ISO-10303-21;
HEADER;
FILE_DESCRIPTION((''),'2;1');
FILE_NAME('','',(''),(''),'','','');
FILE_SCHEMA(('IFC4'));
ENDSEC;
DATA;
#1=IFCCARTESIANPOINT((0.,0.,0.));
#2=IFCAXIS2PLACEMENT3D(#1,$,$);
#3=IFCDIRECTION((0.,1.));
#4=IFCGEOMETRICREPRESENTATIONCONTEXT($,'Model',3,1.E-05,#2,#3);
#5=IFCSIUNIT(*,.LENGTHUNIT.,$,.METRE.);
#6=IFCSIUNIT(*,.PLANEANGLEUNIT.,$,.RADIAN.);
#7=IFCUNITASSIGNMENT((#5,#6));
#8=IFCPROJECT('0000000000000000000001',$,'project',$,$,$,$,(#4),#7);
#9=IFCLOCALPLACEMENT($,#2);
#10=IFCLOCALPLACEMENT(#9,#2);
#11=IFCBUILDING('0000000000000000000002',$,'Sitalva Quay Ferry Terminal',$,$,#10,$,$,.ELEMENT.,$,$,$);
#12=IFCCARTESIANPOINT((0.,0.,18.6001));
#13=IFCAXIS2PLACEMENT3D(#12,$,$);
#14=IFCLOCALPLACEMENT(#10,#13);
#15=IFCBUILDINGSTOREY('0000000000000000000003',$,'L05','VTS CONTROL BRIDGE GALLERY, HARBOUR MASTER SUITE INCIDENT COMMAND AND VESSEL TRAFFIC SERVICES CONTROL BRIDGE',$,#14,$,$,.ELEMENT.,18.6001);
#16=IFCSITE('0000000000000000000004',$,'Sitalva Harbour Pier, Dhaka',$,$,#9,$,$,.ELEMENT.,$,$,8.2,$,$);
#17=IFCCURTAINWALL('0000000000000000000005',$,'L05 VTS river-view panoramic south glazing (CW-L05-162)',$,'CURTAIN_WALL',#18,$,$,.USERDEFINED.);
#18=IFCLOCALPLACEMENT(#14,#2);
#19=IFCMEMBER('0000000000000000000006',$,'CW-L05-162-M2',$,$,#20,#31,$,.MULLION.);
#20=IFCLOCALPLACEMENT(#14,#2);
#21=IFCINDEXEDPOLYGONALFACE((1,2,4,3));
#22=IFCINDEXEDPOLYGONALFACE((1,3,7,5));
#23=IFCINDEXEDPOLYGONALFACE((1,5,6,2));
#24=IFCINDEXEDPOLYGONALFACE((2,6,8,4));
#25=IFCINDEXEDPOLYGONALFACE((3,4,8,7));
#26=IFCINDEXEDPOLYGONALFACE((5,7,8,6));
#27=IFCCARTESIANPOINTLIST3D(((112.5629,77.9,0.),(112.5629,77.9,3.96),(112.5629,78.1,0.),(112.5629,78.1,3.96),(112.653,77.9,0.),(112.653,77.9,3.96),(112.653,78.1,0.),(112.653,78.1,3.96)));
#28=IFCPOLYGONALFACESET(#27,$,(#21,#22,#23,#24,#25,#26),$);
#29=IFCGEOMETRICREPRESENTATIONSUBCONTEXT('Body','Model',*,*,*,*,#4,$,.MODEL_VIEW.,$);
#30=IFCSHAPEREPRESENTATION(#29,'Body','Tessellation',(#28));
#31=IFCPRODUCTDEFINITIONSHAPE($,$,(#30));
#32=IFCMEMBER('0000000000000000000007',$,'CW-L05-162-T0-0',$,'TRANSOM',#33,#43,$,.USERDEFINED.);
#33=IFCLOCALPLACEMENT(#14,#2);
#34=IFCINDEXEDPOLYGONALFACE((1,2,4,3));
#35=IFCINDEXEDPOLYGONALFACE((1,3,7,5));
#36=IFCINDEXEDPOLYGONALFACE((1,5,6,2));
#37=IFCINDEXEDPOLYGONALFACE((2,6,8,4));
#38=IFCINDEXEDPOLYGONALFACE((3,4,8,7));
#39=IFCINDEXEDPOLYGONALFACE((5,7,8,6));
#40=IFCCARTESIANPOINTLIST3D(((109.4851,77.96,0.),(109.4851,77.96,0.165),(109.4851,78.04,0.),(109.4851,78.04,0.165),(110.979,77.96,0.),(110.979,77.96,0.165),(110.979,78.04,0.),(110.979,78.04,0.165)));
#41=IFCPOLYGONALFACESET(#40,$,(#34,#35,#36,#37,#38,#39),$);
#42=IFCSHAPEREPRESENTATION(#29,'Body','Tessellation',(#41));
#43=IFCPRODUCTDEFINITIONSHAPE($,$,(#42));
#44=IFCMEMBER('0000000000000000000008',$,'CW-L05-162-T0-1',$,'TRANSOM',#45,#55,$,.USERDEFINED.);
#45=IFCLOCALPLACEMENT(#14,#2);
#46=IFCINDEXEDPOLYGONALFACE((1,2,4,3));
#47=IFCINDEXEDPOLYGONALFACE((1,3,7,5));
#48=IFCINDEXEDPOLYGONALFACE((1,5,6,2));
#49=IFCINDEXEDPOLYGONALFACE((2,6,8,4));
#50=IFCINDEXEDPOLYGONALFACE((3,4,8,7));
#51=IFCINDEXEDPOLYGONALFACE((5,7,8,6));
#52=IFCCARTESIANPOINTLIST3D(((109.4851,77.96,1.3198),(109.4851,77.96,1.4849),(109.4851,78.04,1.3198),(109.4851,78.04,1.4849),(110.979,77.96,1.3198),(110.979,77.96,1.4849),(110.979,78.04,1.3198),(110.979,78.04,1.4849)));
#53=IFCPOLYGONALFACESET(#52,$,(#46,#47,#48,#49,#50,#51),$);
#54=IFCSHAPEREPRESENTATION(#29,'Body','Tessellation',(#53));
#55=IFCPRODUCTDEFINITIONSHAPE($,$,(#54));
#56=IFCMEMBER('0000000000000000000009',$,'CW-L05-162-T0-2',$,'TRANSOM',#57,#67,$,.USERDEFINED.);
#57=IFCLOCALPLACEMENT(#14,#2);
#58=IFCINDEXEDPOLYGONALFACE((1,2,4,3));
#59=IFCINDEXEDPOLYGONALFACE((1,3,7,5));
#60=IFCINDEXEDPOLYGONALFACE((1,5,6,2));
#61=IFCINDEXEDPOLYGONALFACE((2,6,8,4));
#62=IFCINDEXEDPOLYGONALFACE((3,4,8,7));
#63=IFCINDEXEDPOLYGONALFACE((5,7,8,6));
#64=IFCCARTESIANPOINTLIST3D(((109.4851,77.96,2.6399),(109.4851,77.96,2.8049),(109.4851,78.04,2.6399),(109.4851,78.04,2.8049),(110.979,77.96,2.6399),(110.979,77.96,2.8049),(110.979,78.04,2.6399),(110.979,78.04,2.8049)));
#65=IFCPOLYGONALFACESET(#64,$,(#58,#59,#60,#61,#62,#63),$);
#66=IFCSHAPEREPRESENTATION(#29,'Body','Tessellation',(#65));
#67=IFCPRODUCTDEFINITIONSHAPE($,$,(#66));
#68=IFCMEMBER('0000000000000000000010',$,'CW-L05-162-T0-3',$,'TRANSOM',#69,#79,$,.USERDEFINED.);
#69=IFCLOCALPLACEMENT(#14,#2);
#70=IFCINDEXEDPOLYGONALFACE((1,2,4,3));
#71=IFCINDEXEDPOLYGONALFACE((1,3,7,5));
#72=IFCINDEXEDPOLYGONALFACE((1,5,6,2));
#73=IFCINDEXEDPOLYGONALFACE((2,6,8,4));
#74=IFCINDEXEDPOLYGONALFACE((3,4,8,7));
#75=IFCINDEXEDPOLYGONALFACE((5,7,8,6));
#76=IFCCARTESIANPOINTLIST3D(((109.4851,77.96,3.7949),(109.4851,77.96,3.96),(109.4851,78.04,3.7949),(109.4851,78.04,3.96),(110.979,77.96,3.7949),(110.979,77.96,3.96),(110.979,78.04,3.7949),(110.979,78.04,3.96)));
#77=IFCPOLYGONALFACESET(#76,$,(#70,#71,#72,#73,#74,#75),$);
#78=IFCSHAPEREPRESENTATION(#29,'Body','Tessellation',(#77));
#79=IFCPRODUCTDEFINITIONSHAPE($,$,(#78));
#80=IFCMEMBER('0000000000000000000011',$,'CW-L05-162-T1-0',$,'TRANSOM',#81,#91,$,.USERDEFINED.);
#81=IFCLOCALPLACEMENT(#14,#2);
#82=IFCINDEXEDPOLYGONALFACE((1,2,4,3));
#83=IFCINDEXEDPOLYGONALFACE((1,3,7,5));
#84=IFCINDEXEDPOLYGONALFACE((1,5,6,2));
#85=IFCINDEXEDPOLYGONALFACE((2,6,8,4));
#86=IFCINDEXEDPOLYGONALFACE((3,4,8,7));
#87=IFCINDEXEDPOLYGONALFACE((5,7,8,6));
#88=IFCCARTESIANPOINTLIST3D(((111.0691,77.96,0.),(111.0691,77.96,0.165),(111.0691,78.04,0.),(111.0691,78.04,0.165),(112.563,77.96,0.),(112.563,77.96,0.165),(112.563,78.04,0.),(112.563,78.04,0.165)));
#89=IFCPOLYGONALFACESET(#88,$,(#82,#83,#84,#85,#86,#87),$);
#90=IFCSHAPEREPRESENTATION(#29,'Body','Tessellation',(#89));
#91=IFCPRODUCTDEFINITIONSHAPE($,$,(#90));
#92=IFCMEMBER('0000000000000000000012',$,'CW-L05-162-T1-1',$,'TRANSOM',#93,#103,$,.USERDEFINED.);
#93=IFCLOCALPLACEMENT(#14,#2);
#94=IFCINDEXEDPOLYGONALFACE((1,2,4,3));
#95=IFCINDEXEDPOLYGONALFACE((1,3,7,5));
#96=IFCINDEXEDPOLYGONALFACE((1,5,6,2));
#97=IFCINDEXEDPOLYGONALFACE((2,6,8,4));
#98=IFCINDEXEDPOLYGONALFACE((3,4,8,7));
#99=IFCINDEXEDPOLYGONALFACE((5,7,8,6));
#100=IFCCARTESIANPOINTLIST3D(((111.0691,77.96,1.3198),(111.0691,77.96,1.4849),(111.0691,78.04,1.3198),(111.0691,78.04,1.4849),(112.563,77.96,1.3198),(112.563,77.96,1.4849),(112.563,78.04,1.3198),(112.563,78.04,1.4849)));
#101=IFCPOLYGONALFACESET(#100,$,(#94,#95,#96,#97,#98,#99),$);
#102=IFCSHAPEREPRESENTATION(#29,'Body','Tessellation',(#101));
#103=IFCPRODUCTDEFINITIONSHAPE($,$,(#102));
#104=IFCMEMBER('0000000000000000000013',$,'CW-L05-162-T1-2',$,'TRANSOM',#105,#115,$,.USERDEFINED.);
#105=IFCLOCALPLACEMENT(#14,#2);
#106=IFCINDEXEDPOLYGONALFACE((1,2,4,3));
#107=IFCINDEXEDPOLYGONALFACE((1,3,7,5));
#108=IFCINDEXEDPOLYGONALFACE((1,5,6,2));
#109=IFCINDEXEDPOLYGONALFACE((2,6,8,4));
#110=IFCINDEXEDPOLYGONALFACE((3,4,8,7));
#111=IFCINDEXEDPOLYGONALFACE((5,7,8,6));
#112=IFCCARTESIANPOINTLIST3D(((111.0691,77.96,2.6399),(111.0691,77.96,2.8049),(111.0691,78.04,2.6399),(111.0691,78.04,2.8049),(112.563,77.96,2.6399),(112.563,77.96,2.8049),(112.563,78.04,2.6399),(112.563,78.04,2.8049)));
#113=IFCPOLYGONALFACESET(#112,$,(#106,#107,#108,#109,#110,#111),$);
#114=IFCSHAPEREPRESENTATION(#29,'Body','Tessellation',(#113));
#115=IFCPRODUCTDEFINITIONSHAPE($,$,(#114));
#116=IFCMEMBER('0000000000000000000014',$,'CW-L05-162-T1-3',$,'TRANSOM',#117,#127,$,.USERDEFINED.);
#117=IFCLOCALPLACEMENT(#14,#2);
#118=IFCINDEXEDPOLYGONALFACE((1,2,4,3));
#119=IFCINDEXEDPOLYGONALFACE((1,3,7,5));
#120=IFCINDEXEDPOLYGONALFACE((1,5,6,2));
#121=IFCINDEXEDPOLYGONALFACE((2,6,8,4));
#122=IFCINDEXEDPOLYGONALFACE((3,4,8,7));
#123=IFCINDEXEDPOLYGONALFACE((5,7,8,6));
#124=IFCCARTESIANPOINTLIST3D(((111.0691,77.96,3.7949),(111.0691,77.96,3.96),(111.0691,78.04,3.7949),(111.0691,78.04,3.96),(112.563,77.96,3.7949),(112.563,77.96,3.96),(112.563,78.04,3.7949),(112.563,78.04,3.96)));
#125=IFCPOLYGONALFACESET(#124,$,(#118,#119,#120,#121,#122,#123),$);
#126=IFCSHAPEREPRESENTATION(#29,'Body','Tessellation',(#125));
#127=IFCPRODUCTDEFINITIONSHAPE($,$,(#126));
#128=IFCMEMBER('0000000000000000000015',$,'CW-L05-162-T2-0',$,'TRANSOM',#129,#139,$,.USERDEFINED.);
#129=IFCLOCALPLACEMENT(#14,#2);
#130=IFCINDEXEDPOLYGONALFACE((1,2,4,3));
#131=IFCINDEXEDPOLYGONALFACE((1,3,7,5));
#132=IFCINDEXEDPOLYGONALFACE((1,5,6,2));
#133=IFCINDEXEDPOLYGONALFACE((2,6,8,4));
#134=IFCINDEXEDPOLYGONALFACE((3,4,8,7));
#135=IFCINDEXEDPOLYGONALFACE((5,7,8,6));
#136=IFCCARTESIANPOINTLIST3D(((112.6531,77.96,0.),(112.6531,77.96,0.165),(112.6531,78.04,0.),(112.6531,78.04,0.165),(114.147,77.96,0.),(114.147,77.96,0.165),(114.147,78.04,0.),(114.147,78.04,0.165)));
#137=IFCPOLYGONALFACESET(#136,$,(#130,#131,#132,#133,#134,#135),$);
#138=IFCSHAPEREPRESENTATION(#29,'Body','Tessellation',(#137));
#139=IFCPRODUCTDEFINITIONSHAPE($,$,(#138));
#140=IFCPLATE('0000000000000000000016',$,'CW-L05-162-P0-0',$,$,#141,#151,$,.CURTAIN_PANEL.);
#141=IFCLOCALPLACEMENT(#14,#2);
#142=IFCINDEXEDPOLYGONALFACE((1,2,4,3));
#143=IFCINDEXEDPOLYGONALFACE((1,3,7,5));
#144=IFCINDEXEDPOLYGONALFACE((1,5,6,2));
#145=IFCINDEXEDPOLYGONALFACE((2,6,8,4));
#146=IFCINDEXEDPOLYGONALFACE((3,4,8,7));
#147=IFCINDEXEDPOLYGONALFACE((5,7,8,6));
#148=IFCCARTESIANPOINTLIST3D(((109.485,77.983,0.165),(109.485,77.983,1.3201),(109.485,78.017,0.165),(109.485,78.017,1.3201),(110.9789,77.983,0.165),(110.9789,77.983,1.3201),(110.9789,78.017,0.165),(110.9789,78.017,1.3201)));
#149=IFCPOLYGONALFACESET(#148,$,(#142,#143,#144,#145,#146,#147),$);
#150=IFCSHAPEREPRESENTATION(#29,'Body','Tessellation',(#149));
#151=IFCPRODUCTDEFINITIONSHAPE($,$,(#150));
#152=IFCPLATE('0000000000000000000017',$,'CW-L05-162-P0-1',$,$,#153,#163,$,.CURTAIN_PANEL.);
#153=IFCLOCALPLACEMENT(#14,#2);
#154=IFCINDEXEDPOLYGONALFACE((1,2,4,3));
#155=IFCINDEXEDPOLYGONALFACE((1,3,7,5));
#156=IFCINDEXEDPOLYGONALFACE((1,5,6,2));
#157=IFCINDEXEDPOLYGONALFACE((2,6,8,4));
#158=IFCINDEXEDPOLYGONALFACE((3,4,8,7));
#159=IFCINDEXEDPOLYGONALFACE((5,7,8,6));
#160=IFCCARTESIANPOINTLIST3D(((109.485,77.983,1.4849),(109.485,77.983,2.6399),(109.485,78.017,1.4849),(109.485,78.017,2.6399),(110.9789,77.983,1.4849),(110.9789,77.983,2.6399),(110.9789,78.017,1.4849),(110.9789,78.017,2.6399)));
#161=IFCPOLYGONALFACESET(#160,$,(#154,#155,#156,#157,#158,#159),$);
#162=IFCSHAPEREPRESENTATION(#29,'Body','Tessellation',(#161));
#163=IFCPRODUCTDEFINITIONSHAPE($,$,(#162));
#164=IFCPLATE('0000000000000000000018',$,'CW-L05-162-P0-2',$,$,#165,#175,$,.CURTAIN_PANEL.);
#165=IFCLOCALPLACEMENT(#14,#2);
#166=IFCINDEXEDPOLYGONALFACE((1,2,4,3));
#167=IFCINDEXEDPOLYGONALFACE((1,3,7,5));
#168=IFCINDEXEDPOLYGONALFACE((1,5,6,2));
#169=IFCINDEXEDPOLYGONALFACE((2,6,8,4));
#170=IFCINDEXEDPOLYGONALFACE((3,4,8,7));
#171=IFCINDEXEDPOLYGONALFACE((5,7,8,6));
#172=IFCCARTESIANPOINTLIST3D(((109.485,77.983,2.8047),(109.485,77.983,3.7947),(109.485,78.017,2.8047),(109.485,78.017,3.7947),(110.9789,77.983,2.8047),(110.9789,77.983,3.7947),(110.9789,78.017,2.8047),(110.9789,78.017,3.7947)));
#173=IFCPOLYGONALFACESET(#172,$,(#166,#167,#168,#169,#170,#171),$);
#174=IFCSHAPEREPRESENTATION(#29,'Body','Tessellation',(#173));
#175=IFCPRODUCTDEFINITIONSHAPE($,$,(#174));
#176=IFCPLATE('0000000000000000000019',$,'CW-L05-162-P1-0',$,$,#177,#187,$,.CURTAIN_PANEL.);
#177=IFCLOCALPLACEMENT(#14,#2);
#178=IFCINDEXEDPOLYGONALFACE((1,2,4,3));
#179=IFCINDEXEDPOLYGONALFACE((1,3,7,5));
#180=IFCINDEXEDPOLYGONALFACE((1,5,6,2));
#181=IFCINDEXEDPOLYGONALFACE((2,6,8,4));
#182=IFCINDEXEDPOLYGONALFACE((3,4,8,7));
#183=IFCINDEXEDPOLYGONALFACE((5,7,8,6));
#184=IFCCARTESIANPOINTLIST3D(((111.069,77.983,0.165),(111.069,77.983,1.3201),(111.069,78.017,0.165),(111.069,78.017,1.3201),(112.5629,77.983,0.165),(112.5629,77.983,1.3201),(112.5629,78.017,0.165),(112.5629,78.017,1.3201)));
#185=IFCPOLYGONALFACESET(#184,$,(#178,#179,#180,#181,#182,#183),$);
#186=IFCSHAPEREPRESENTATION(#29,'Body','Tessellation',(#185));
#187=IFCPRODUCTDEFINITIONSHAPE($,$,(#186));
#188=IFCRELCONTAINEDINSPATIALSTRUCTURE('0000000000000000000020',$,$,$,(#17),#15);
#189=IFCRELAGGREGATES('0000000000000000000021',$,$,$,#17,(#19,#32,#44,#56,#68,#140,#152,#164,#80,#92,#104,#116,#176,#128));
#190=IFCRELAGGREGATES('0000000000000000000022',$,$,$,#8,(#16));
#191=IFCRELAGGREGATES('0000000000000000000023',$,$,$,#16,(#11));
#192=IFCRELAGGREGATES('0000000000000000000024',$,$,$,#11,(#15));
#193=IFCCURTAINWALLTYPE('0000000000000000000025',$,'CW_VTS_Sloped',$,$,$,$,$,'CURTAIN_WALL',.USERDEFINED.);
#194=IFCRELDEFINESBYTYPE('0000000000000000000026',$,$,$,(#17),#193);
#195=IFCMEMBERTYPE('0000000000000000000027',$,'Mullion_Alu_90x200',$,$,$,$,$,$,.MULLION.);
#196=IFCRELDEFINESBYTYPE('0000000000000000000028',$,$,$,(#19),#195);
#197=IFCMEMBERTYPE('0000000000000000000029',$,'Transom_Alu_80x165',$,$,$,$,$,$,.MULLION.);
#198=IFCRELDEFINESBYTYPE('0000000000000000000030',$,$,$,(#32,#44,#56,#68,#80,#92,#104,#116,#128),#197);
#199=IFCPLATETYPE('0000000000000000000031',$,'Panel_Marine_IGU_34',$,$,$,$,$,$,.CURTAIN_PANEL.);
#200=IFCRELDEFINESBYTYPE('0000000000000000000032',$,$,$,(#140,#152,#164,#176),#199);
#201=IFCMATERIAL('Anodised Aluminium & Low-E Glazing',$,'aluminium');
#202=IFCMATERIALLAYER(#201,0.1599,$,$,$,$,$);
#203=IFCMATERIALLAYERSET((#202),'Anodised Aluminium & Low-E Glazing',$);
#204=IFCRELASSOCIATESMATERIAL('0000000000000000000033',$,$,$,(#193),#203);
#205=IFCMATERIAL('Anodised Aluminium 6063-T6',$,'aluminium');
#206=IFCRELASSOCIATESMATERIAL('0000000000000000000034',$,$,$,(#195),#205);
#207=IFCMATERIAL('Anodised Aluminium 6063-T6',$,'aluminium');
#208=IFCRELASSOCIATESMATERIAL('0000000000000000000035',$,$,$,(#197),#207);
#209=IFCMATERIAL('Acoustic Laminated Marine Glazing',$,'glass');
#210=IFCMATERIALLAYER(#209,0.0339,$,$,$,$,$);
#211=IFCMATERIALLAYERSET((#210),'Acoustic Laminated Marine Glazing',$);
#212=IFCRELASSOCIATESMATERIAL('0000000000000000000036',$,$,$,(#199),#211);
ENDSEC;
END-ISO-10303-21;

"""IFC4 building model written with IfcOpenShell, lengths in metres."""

from ifc_helpers import new_model, si_unit, direction, frame, origin, origin_2d, place, context, subcontext, project, spatial, rectangle, extrude, material, layer, layer_set, material_profile, profile_set, type_object, element, aggregate, save


model = new_model("IFC4")

# Units and contexts
model_context = context("Model", 3, precision=1e-05, world=origin(), true_north=direction((0.0, 1.0)))
body_context = subcontext(model_context, "Body", "Model", "MODEL_VIEW")
ifc_project = project(units=[si_unit("LENGTHUNIT", "METRE"), si_unit("PLANEANGLEUNIT", "RADIAN")], contexts=[model_context])

# Site, building, storey
site_placement = place(None, origin())
site = spatial("IfcSite", under=ifc_project, at=site_placement, Name="Sitalva Harbour Pier, Dhaka", CompositionType="ELEMENT", RefElevation=8.2)
building_placement = place(site_placement, origin())
building = spatial("IfcBuilding", under=site, at=building_placement, Name="Sitalva Quay Ferry Terminal", CompositionType="ELEMENT")
storey_placement = place(building_placement, frame((0.0, 0.0, 18.6001)))
storey = spatial("IfcBuildingStorey", under=building, at=storey_placement, Name="L05", Description="VTS CONTROL BRIDGE GALLERY, HARBOUR MASTER SUITE INCIDENT COMMAND AND VESSEL TRAFFIC SERVICES CONTROL BRIDGE", CompositionType="ELEMENT", Elevation=18.6001)

# Shared definitions
ifc_material_1 = material(Name="Anodised Aluminium & Low-E Glazing", Category="aluminium")
ifc_layer_1 = layer(ifc_material_1, 0.1599)
ifc_layer_set_1 = layer_set([ifc_layer_1], Name="Anodised Aluminium & Low-E Glazing")
curtain_wall_type = type_object("IfcCurtainWallType", Name="CW_VTS_Sloped", ElementType="CURTAIN_WALL", PredefinedType="USERDEFINED", material=ifc_layer_set_1)
ifc_material_2 = material(Name="Anodised Aluminium 6063-T6", Category="aluminium")
ifc_material_profile_1 = material_profile(ifc_material_2, rectangle(XDim=0.0901, YDim=0.2, at=origin_2d()), Name="ALU90x200")
ifc_profile_set_1 = profile_set([ifc_material_profile_1], Name="Anodised Aluminium 6063-T6")
member_type_1 = type_object("IfcMemberType", Name="Mullion_Alu_90x200", PredefinedType="MULLION", material=ifc_profile_set_1)

# Curtain wall, members, plates
curtain_wall_1_placement = place(storey_placement, origin())
curtain_wall_1 = element("IfcCurtainWall", 1, at=curtain_wall_1_placement, inside=storey, type_object=curtain_wall_type, Name="L05 VTS river-view panoramic south glazing (CW-L05-162)", ObjectType="CURTAIN_WALL", PredefinedType="USERDEFINED")
member_1_placement = place(storey_placement, frame((112.6079, 78.0, 0.0), z_axis=(0.0, 0.0, 1.0), x_axis=(1.0, 0.0, 0.0)))
member_1 = element("IfcMember", 2, at=member_1_placement, type_object=member_type_1, Name="CW-L05-162-M2", PredefinedType="MULLION", context=body_context, shape_type="SweptSolid", body=[
    extrude(rectangle(XDim=0.0901, YDim=0.2, at=origin_2d()), origin(), (0.0, 0.0, 1.0), 3.96),
])
ifc_material_3 = material(Name="Anodised Aluminium 6063-T6", Category="aluminium")
ifc_material_profile_2 = material_profile(ifc_material_3, rectangle(XDim=0.0801, YDim=0.165, at=origin_2d()), Name="ALU80x165")
ifc_profile_set_2 = profile_set([ifc_material_profile_2], Name="Anodised Aluminium 6063-T6")
member_type_2 = type_object("IfcMemberType", Name="Transom_Alu_80x165", PredefinedType="MULLION", material=ifc_profile_set_2)
member_2_placement = place(storey_placement, frame((109.4851, 78.0, 0.0825), z_axis=(1.0, 0.0, 0.0), x_axis=(0.0, 1.0, 0.0)))
member_2 = element("IfcMember", 3, at=member_2_placement, type_object=member_type_2, Name="CW-L05-162-T0-0", ObjectType="TRANSOM", PredefinedType="USERDEFINED", context=body_context, shape_type="SweptSolid", body=[
    extrude(rectangle(XDim=0.0801, YDim=0.165, at=origin_2d()), origin(), (0.0, 0.0, 1.0), 1.4939),
])
member_3_placement = place(storey_placement, frame((109.4851, 78.0, 1.4023), z_axis=(1.0, 0.0, 0.0), x_axis=(0.0, 1.0, 0.0)))
member_3 = element("IfcMember", 4, at=member_3_placement, type_object=member_type_2, Name="CW-L05-162-T0-1", ObjectType="TRANSOM", PredefinedType="USERDEFINED", context=body_context, shape_type="SweptSolid", body=[
    extrude(rectangle(XDim=0.0801, YDim=0.165, at=origin_2d()), origin(), (0.0, 0.0, 1.0), 1.4939),
])
member_4_placement = place(storey_placement, frame((109.4851, 78.0, 2.7224), z_axis=(1.0, 0.0, 0.0), x_axis=(0.0, 1.0, 0.0)))
member_4 = element("IfcMember", 5, at=member_4_placement, type_object=member_type_2, Name="CW-L05-162-T0-2", ObjectType="TRANSOM", PredefinedType="USERDEFINED", context=body_context, shape_type="SweptSolid", body=[
    extrude(rectangle(XDim=0.0801, YDim=0.165, at=origin_2d()), origin(), (0.0, 0.0, 1.0), 1.4939),
])
member_5_placement = place(storey_placement, frame((109.4851, 78.0, 3.8774), z_axis=(1.0, 0.0, 0.0), x_axis=(0.0, 1.0, 0.0)))
member_5 = element("IfcMember", 6, at=member_5_placement, type_object=member_type_2, Name="CW-L05-162-T0-3", ObjectType="TRANSOM", PredefinedType="USERDEFINED", context=body_context, shape_type="SweptSolid", body=[
    extrude(rectangle(XDim=0.0801, YDim=0.165, at=origin_2d()), origin(), (0.0, 0.0, 1.0), 1.4939),
])
member_6_placement = place(storey_placement, frame((111.0691, 78.0, 0.0825), z_axis=(1.0, 0.0, 0.0), x_axis=(0.0, 1.0, 0.0)))
member_6 = element("IfcMember", 7, at=member_6_placement, type_object=member_type_2, Name="CW-L05-162-T1-0", ObjectType="TRANSOM", PredefinedType="USERDEFINED", context=body_context, shape_type="SweptSolid", body=[
    extrude(rectangle(XDim=0.0801, YDim=0.165, at=origin_2d()), origin(), (0.0, 0.0, 1.0), 1.4939),
])
member_7_placement = place(storey_placement, frame((111.0691, 78.0, 1.4023), z_axis=(1.0, 0.0, 0.0), x_axis=(0.0, 1.0, 0.0)))
member_7 = element("IfcMember", 8, at=member_7_placement, type_object=member_type_2, Name="CW-L05-162-T1-1", ObjectType="TRANSOM", PredefinedType="USERDEFINED", context=body_context, shape_type="SweptSolid", body=[
    extrude(rectangle(XDim=0.0801, YDim=0.165, at=origin_2d()), origin(), (0.0, 0.0, 1.0), 1.4939),
])
member_8_placement = place(storey_placement, frame((111.0691, 78.0, 2.7224), z_axis=(1.0, 0.0, 0.0), x_axis=(0.0, 1.0, 0.0)))
member_8 = element("IfcMember", 9, at=member_8_placement, type_object=member_type_2, Name="CW-L05-162-T1-2", ObjectType="TRANSOM", PredefinedType="USERDEFINED", context=body_context, shape_type="SweptSolid", body=[
    extrude(rectangle(XDim=0.0801, YDim=0.165, at=origin_2d()), origin(), (0.0, 0.0, 1.0), 1.4939),
])
member_9_placement = place(storey_placement, frame((111.0691, 78.0, 3.8774), z_axis=(1.0, 0.0, 0.0), x_axis=(0.0, 1.0, 0.0)))
member_9 = element("IfcMember", 10, at=member_9_placement, type_object=member_type_2, Name="CW-L05-162-T1-3", ObjectType="TRANSOM", PredefinedType="USERDEFINED", context=body_context, shape_type="SweptSolid", body=[
    extrude(rectangle(XDim=0.0801, YDim=0.165, at=origin_2d()), origin(), (0.0, 0.0, 1.0), 1.4939),
])
member_10_placement = place(storey_placement, frame((112.6531, 78.0, 0.0825), z_axis=(1.0, 0.0, 0.0), x_axis=(0.0, 1.0, 0.0)))
member_10 = element("IfcMember", 11, at=member_10_placement, type_object=member_type_2, Name="CW-L05-162-T2-0", ObjectType="TRANSOM", PredefinedType="USERDEFINED", context=body_context, shape_type="SweptSolid", body=[
    extrude(rectangle(XDim=0.0801, YDim=0.165, at=origin_2d()), origin(), (0.0, 0.0, 1.0), 1.4939),
])
ifc_material_4 = material(Name="Acoustic Laminated Marine Glazing", Category="glass")
ifc_layer_2 = layer(ifc_material_4, 0.0339)
ifc_layer_set_2 = layer_set([ifc_layer_2], Name="Acoustic Laminated Marine Glazing")
plate_type = type_object("IfcPlateType", Name="Panel_Marine_IGU_34", PredefinedType="CURTAIN_PANEL", material=ifc_layer_set_2)
plate_1_placement = place(storey_placement, frame((110.2319, 78.0, 0.165), z_axis=(0.0, 0.0, 1.0), x_axis=(1.0, 0.0, 0.0)))
plate_1 = element("IfcPlate", 12, at=plate_1_placement, type_object=plate_type, Name="CW-L05-162-P0-0", PredefinedType="CURTAIN_PANEL", context=body_context, shape_type="SweptSolid", body=[
    extrude(rectangle(XDim=1.4939, YDim=0.0339, at=origin_2d()), origin(), (0.0, 0.0, 1.0), 1.155),
])
plate_2_placement = place(storey_placement, frame((110.2319, 78.0, 1.4849), z_axis=(0.0, 0.0, 1.0), x_axis=(1.0, 0.0, 0.0)))
plate_2 = element("IfcPlate", 13, at=plate_2_placement, type_object=plate_type, Name="CW-L05-162-P0-1", PredefinedType="CURTAIN_PANEL", context=body_context, shape_type="SweptSolid", body=[
    extrude(rectangle(XDim=1.4939, YDim=0.0339, at=origin_2d()), origin(), (0.0, 0.0, 1.0), 1.155),
])
plate_3_placement = place(storey_placement, frame((110.2319, 78.0, 2.8047), z_axis=(0.0, 0.0, 1.0), x_axis=(1.0, 0.0, 0.0)))
plate_3 = element("IfcPlate", 14, at=plate_3_placement, type_object=plate_type, Name="CW-L05-162-P0-2", PredefinedType="CURTAIN_PANEL", context=body_context, shape_type="SweptSolid", body=[
    extrude(rectangle(XDim=1.4939, YDim=0.0339, at=origin_2d()), origin(), (0.0, 0.0, 1.0), 0.99),
])
plate_4_placement = place(storey_placement, frame((111.8159, 78.0, 0.165), z_axis=(0.0, 0.0, 1.0), x_axis=(1.0, 0.0, 0.0)))
plate_4 = element("IfcPlate", 15, at=plate_4_placement, type_object=plate_type, Name="CW-L05-162-P1-0", PredefinedType="CURTAIN_PANEL", context=body_context, shape_type="SweptSolid", body=[
    extrude(rectangle(XDim=1.4939, YDim=0.0339, at=origin_2d()), origin(), (0.0, 0.0, 1.0), 1.155),
])
aggregate(curtain_wall_1, [member_1, member_2, member_3, member_4, member_5, plate_1, plate_2, plate_3, member_6, member_7, member_8, member_9, plate_4, member_10])

save(model, "model.ifc")
